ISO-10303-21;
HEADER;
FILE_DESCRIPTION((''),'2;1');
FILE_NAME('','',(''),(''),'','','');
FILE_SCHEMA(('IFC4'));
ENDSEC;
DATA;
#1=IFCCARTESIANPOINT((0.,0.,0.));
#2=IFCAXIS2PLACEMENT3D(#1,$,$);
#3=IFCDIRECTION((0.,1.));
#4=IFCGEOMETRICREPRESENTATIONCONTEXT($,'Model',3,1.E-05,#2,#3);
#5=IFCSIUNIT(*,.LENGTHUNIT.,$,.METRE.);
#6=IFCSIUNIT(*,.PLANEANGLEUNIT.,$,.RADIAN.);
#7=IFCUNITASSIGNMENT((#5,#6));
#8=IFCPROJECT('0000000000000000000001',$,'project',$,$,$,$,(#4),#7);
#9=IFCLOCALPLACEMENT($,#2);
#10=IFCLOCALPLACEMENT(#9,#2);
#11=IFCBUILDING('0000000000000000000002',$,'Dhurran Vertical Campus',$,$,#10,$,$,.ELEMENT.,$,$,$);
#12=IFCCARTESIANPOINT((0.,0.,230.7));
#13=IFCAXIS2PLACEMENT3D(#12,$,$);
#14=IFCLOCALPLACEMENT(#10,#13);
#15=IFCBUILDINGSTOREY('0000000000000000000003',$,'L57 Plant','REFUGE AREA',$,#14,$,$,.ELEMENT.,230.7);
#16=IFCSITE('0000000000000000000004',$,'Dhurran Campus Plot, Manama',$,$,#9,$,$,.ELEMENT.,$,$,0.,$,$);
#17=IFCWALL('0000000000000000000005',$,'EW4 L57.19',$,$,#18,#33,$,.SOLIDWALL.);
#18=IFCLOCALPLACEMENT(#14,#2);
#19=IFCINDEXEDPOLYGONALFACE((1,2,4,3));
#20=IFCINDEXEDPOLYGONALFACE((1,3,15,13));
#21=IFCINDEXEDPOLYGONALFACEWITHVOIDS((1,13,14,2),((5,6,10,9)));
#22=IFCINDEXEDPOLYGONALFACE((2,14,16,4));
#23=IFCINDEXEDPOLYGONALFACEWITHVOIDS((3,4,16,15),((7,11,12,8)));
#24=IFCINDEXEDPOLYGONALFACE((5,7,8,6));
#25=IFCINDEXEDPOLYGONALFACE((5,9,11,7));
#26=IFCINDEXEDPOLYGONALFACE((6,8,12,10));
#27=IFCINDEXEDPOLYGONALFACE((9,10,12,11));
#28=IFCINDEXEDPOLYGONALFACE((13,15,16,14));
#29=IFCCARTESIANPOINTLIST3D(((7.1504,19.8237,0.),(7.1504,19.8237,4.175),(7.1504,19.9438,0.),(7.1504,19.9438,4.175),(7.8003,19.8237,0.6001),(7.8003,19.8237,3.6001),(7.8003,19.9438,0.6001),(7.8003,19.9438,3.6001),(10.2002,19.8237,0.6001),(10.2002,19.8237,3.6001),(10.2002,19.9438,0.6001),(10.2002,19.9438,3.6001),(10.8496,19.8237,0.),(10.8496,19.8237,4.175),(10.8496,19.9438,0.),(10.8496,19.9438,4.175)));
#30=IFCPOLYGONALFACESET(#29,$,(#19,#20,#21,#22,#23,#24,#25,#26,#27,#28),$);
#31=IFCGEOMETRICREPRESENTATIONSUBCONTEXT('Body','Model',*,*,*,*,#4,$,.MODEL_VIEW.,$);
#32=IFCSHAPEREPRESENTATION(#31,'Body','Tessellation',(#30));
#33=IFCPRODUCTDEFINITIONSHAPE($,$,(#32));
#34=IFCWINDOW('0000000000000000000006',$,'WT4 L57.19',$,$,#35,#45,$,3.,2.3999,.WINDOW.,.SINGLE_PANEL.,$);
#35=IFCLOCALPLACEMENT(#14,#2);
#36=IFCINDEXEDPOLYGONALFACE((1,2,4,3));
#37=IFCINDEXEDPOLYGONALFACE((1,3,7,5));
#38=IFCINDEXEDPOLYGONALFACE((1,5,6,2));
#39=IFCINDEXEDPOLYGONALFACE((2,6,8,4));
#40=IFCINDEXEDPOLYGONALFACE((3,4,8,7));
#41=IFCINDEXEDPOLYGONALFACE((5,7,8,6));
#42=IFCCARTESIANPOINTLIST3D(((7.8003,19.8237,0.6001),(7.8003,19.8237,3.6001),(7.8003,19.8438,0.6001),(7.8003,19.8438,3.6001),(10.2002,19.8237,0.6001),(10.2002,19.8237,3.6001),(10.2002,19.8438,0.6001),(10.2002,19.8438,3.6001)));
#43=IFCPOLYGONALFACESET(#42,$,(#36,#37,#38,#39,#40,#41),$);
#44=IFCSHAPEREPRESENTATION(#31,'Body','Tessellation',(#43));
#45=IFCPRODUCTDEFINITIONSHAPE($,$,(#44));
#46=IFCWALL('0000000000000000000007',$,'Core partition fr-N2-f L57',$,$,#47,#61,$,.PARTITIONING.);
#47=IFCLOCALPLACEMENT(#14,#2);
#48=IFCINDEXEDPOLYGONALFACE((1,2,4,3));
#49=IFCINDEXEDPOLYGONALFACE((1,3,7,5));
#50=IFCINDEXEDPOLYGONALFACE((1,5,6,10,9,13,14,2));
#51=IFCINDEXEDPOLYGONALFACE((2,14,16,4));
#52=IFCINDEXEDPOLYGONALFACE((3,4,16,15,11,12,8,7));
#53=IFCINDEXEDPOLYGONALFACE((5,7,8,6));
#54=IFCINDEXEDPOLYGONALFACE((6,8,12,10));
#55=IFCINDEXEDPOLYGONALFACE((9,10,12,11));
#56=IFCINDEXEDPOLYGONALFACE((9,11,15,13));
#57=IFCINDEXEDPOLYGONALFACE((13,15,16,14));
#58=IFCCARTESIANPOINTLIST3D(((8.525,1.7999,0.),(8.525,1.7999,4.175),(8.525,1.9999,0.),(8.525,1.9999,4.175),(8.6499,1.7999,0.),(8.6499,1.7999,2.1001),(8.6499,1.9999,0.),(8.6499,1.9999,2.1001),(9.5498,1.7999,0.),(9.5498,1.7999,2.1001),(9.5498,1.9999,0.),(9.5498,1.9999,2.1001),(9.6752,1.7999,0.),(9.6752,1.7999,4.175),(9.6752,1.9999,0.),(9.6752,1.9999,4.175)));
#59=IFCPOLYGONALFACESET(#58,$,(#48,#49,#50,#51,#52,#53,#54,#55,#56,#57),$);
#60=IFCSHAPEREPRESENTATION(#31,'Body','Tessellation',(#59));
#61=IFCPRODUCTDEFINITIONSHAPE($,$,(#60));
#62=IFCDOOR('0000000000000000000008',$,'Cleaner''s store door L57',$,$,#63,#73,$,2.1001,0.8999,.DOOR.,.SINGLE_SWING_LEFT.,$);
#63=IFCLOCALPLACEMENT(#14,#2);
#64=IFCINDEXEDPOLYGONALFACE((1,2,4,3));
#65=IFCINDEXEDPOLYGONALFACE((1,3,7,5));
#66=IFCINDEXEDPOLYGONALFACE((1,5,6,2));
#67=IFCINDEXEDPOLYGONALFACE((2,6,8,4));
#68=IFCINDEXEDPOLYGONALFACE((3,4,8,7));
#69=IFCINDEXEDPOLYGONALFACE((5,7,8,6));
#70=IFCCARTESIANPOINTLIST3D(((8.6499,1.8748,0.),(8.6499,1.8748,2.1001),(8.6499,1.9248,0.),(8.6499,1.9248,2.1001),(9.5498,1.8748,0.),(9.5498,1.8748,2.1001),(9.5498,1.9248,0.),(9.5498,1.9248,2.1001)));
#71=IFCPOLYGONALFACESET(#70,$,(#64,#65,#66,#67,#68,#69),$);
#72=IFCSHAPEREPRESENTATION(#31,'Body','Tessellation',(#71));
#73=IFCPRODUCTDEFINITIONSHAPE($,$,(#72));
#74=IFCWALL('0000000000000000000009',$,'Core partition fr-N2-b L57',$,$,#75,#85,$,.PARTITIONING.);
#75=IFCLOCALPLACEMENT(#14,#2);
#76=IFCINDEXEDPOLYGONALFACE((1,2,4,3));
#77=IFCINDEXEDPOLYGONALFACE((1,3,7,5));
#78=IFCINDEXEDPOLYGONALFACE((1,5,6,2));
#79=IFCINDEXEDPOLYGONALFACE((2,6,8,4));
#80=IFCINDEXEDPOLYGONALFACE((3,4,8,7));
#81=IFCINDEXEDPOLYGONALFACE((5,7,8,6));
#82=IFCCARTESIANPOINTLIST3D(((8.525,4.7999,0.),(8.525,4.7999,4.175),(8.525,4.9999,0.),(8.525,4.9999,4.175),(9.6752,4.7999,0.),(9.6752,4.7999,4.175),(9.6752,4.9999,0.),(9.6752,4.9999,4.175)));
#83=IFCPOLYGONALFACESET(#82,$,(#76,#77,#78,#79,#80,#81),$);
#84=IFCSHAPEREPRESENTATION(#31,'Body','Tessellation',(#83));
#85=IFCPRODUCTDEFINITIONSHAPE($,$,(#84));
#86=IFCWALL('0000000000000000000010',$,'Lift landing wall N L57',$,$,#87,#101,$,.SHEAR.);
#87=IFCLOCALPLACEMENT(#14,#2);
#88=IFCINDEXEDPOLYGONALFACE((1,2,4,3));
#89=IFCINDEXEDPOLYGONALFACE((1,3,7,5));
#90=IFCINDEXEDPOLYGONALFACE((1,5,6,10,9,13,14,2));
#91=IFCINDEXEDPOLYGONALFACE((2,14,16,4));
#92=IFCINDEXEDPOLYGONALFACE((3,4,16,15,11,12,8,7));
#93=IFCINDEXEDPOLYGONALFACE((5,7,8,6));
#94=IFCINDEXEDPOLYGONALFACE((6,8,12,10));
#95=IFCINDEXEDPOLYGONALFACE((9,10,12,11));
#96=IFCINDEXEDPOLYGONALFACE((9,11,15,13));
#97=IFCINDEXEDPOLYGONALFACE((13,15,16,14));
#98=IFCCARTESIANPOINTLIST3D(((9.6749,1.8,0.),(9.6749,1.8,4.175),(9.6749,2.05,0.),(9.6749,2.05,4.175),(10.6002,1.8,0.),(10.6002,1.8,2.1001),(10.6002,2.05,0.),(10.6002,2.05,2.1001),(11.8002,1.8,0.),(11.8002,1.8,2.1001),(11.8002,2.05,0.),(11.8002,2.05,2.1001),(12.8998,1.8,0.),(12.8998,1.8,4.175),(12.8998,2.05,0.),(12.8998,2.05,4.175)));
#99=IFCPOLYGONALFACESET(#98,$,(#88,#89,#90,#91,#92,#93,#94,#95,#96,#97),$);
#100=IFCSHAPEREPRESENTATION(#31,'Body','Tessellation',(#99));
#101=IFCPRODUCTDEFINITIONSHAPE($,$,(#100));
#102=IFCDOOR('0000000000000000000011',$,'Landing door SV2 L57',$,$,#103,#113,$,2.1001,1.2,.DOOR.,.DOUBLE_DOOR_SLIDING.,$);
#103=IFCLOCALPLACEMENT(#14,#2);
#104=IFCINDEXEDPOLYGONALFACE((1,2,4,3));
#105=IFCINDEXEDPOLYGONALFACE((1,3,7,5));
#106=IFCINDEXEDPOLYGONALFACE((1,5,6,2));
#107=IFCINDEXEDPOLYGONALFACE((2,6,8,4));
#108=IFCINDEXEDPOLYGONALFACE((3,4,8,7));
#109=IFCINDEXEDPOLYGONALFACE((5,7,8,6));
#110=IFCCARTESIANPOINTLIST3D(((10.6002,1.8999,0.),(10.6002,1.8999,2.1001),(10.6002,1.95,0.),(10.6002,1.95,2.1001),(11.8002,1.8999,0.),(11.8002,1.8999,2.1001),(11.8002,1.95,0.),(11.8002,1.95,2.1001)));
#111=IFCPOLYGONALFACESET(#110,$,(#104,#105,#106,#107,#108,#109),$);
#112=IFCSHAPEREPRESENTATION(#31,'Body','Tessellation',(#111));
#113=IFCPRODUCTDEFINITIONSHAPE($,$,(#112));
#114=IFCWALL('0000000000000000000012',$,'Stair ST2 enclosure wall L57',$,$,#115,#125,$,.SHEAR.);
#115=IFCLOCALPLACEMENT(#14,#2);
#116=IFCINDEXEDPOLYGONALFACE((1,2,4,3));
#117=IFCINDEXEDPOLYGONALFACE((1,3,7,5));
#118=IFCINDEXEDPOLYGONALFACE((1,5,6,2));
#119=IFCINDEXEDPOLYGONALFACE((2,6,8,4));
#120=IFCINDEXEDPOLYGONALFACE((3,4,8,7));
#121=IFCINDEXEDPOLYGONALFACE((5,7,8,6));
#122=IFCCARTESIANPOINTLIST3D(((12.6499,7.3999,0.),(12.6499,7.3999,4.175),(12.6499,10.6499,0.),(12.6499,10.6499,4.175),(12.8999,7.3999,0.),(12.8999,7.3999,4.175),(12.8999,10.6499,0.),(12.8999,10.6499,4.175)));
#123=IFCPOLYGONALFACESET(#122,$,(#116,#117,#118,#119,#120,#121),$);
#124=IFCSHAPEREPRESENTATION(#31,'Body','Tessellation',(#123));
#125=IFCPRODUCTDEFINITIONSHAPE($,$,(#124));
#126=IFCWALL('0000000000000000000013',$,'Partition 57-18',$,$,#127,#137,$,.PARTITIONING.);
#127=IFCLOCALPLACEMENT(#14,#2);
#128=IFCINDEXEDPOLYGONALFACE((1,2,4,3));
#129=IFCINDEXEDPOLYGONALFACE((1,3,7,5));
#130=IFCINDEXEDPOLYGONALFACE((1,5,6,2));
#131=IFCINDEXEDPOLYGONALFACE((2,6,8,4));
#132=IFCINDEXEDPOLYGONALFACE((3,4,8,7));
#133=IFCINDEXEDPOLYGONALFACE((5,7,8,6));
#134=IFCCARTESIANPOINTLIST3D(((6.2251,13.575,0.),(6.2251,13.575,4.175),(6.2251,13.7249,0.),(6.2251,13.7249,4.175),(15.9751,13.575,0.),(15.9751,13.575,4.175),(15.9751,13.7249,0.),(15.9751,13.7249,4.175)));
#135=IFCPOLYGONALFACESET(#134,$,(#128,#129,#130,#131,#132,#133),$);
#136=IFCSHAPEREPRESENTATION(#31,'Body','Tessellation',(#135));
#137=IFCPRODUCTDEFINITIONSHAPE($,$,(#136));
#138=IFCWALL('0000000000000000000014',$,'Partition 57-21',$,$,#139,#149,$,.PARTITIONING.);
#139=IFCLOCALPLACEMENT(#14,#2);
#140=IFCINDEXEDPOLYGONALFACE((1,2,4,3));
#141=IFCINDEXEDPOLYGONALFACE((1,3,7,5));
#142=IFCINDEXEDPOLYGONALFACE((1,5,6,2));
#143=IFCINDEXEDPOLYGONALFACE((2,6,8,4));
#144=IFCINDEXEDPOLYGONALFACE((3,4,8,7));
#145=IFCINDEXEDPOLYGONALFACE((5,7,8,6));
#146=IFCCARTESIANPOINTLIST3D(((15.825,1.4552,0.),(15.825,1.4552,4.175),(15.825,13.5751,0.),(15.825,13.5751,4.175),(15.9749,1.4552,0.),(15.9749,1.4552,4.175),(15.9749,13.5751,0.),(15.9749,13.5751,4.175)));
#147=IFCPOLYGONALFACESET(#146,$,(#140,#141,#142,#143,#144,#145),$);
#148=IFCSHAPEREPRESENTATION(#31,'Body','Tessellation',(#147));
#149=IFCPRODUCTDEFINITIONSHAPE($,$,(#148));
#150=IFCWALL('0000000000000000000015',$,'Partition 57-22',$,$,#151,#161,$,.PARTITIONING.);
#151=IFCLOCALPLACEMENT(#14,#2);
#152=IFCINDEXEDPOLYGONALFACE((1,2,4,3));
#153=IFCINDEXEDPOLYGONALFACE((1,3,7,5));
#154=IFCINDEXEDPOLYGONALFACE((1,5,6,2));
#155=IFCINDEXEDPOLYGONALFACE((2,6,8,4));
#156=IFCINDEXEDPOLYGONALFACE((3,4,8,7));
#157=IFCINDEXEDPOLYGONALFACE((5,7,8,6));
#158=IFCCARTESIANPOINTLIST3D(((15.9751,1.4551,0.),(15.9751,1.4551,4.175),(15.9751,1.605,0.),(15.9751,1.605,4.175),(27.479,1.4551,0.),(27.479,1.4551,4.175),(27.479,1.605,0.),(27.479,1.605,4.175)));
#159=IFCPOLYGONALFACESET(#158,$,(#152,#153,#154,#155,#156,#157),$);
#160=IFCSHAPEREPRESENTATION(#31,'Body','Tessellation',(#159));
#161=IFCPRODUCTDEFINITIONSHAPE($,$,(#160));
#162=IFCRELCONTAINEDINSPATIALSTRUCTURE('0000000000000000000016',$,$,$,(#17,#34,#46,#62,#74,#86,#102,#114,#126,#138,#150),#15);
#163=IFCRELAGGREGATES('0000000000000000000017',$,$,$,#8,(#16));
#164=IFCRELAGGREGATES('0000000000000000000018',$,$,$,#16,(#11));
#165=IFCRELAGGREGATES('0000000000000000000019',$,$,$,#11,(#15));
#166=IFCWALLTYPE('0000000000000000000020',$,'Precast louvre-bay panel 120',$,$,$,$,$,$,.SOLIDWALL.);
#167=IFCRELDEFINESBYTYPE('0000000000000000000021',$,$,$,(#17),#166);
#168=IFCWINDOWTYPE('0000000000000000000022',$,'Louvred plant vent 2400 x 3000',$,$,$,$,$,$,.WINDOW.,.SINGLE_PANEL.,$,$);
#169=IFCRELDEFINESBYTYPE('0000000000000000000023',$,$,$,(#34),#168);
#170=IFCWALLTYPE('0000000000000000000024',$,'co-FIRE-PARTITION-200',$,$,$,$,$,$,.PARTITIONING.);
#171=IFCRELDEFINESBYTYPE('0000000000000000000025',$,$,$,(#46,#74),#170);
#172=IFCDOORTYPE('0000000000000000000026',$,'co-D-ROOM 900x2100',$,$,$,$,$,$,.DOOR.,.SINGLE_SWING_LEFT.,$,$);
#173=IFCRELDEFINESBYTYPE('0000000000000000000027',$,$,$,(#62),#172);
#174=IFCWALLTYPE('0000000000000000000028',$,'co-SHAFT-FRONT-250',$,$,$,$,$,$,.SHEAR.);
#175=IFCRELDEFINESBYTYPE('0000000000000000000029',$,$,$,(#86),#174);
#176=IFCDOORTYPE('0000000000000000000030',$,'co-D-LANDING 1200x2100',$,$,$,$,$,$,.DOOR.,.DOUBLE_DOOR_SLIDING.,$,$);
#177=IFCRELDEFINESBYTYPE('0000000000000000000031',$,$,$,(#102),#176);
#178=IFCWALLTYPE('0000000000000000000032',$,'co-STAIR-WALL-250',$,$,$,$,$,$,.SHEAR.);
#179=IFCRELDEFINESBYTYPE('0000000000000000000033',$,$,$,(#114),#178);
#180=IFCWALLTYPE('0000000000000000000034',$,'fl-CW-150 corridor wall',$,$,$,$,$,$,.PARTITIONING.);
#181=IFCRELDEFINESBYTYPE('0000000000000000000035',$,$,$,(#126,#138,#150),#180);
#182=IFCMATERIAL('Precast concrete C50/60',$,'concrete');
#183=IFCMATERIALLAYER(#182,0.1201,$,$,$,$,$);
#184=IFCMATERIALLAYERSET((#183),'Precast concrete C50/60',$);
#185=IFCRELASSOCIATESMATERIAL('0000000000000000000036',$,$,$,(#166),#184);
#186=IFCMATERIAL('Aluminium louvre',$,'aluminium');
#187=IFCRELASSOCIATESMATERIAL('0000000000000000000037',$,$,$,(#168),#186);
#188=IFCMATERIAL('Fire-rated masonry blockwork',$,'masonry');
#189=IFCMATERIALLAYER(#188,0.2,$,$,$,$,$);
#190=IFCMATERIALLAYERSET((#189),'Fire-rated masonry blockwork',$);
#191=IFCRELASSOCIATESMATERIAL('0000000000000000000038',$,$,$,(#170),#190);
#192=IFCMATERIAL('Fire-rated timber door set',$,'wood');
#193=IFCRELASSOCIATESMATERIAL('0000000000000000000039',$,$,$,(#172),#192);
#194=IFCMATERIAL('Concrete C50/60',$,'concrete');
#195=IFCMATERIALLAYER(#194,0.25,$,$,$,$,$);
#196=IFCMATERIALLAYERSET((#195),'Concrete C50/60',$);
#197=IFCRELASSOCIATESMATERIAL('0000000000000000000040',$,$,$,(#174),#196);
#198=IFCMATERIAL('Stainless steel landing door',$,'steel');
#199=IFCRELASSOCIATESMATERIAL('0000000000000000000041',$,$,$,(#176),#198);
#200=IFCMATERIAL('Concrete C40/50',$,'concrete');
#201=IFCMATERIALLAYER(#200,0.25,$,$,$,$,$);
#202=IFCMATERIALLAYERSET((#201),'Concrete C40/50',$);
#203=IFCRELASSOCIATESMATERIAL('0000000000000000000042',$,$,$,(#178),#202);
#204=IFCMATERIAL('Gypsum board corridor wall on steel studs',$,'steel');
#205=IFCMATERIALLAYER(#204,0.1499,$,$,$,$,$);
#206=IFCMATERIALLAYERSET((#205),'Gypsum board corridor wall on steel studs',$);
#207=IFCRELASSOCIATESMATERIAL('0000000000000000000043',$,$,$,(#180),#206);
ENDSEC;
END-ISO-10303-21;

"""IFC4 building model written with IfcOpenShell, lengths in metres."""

from ifc_helpers import new_model, si_unit, direction, frame, frame_2d, origin, place, context, subcontext, project, spatial, rectangle, extrude, material, layer, layer_set, type_object, element, fill, save


model = new_model("IFC4")

# Units and contexts
model_context = context("Model", 3, precision=1e-05, world=origin(), true_north=direction((0.0, 1.0)))
body_context = subcontext(model_context, "Body", "Model", "MODEL_VIEW")
ifc_project = project(units=[si_unit("LENGTHUNIT", "METRE"), si_unit("PLANEANGLEUNIT", "RADIAN")], contexts=[model_context])

# Site, building, storey
site_placement = place(None, origin())
site = spatial("IfcSite", under=ifc_project, at=site_placement, Name="Dhurran Campus Plot, Manama", CompositionType="ELEMENT", RefElevation=0.0)
building_placement = place(site_placement, origin())
building = spatial("IfcBuilding", under=site, at=building_placement, Name="Dhurran Vertical Campus", CompositionType="ELEMENT")
storey_placement = place(building_placement, frame((0.0, 0.0, 230.7)))
storey = spatial("IfcBuildingStorey", under=building, at=storey_placement, Name="L57 Plant", Description="REFUGE AREA", CompositionType="ELEMENT", Elevation=230.7)

# Wall, opening, window
ifc_material_1 = material(Name="Precast concrete C50/60", Category="concrete")
ifc_layer_1 = layer(ifc_material_1, 0.1201)
ifc_layer_set_1 = layer_set([ifc_layer_1], Name="Precast concrete C50/60")
wall_type_1 = type_object("IfcWallType", Name="Precast louvre-bay panel 120", PredefinedType="SOLIDWALL", material=ifc_layer_set_1)
ifc_material_2 = material(Name="Aluminium louvre", Category="aluminium")
window_type = type_object("IfcWindowType", Name="Louvred plant vent 2400 x 3000", PartitioningType="SINGLE_PANEL", PredefinedType="WINDOW", material=ifc_material_2)
wall_1_placement = place(storey_placement, frame((10.8496, 19.8838, 0.0), z_axis=(0.0, 0.0, 1.0), x_axis=(-1.0, 0.0, 0.0)))
wall_1 = element("IfcWall", 1, at=wall_1_placement, inside=storey, type_object=wall_type_1, Name="EW4 L57.19", PredefinedType="SOLIDWALL", context=body_context, shape_type="SweptSolid", body=[
    extrude(rectangle(XDim=3.6992, YDim=0.1201, at=frame_2d((1.8496, 0.0))), origin(), (0.0, 0.0, 1.0), 4.175),
])
opening_1_placement = place(wall_1_placement, frame((0.6494, 0.0, 0.6001)))
opening_1 = element("IfcOpeningElement", 2, at=opening_1_placement, cuts=wall_1, PredefinedType="OPENING", context=body_context, shape_type="SweptSolid", body=[
    extrude(rectangle(XDim=2.3999, YDim=3.0, at=frame_2d((1.2, 1.5))), frame((0.0, 0.0701, 0.0), z_axis=(0.0, -1.0, 0.0), x_axis=(1.0, 0.0, 0.0)), (0.0, 0.0, 1.0), 0.1401),
])
window_1_placement = place(opening_1_placement, origin())
window_1 = element("IfcWindow", 3, at=window_1_placement, inside=storey, type_object=window_type, Name="WT4 L57.19", OverallHeight=3.0, OverallWidth=2.3999, PartitioningType="SINGLE_PANEL", PredefinedType="WINDOW", context=body_context, shape_type="SweptSolid", body=[
    extrude(rectangle(XDim=2.3999, YDim=3.0, at=frame_2d((1.2, 1.5))), frame((0.0, 0.0601, 0.0), z_axis=(0.0, -1.0, 0.0), x_axis=(1.0, 0.0, 0.0)), (0.0, 0.0, 1.0), 0.02),
])
fill(opening_1, window_1)

# Wall, opening, door
ifc_material_3 = material(Name="Fire-rated masonry blockwork", Category="masonry")
ifc_layer_2 = layer(ifc_material_3, 0.2)
ifc_layer_set_2 = layer_set([ifc_layer_2], Name="Fire-rated masonry blockwork")
wall_type_2 = type_object("IfcWallType", Name="co-FIRE-PARTITION-200", PredefinedType="PARTITIONING", material=ifc_layer_set_2)
wall_2_placement = place(storey_placement, frame((8.5249, 1.8999, 0.0), z_axis=(0.0, 0.0, 1.0), x_axis=(1.0, 0.0, 0.0)))
wall_2 = element("IfcWall", 4, at=wall_2_placement, inside=storey, type_object=wall_type_2, Name="Core partition fr-N2-f L57", PredefinedType="PARTITIONING", context=body_context, shape_type="SweptSolid", body=[
    extrude(rectangle(XDim=1.1501, YDim=0.2, at=frame_2d((0.5752, 0.0))), origin(), (0.0, 0.0, 1.0), 4.175),
])
opening_2_placement = place(wall_2_placement, frame((0.125, 0.0, 0.0)))
opening_2 = element("IfcOpeningElement", 5, at=opening_2_placement, cuts=wall_2, PredefinedType="OPENING", context=body_context, shape_type="SweptSolid", body=[
    extrude(rectangle(XDim=0.8999, YDim=2.1001, at=frame_2d((0.45, 1.05))), frame((0.0, 0.1099, 0.0), z_axis=(0.0, -1.0, 0.0), x_axis=(1.0, 0.0, 0.0)), (0.0, 0.0, 1.0), 0.22),
])
ifc_material_4 = material(Name="Fire-rated timber door set", Category="wood")
door_type_1 = type_object("IfcDoorType", Name="co-D-ROOM 900x2100", OperationType="SINGLE_SWING_LEFT", PredefinedType="DOOR", material=ifc_material_4)
door_1_placement = place(opening_2_placement, origin())
door_1 = element("IfcDoor", 6, at=door_1_placement, inside=storey, type_object=door_type_1, Name="Cleaner's store door L57", OperationType="SINGLE_SWING_LEFT", OverallHeight=2.1001, OverallWidth=0.8999, PredefinedType="DOOR", context=body_context, shape_type="SweptSolid", body=[
    extrude(rectangle(XDim=0.8999, YDim=2.1001, at=frame_2d((0.45, 1.05))), frame((0.0, 0.0249, 0.0), z_axis=(0.0, -1.0, 0.0), x_axis=(1.0, 0.0, 0.0)), (0.0, 0.0, 1.0), 0.05),
])
fill(opening_2, door_1)

# Wall
wall_3_placement = place(storey_placement, frame((8.5249, 4.8999, 0.0), z_axis=(0.0, 0.0, 1.0), x_axis=(1.0, 0.0, 0.0)))
element("IfcWall", 7, at=wall_3_placement, inside=storey, type_object=wall_type_2, Name="Core partition fr-N2-b L57", PredefinedType="PARTITIONING", context=body_context, shape_type="SweptSolid", body=[
    extrude(rectangle(XDim=1.1501, YDim=0.2, at=frame_2d((0.5752, 0.0))), origin(), (0.0, 0.0, 1.0), 4.175),
])

# Wall, opening, door
ifc_material_5 = material(Name="Concrete C50/60", Category="concrete")
ifc_layer_3 = layer(ifc_material_5, 0.25)
ifc_layer_set_3 = layer_set([ifc_layer_3], Name="Concrete C50/60")
wall_type_3 = type_object("IfcWallType", Name="co-SHAFT-FRONT-250", PredefinedType="SHEAR", material=ifc_layer_set_3)
wall_4_placement = place(storey_placement, frame((9.675, 1.925, 0.0), z_axis=(0.0, 0.0, 1.0), x_axis=(1.0, 0.0, 0.0)))
wall_4 = element("IfcWall", 8, at=wall_4_placement, inside=storey, type_object=wall_type_3, Name="Lift landing wall N L57", PredefinedType="SHEAR", context=body_context, shape_type="SweptSolid", body=[
    extrude(rectangle(XDim=3.2249, YDim=0.25, at=frame_2d((1.6123, 0.0))), origin(), (0.0, 0.0, 1.0), 4.175),
])
opening_3_placement = place(wall_4_placement, frame((0.925, 0.0, 0.0)))
opening_3 = element("IfcOpeningElement", 9, at=opening_3_placement, cuts=wall_4, PredefinedType="OPENING", context=body_context, shape_type="SweptSolid", body=[
    extrude(rectangle(XDim=1.2, YDim=2.1001, at=frame_2d((0.6001, 1.05))), frame((0.0, 0.135, 0.0), z_axis=(0.0, -1.0, 0.0), x_axis=(1.0, 0.0, 0.0)), (0.0, 0.0, 1.0), 0.27),
])
ifc_material_6 = material(Name="Stainless steel landing door", Category="steel")
door_type_2 = type_object("IfcDoorType", Name="co-D-LANDING 1200x2100", OperationType="DOUBLE_DOOR_SLIDING", PredefinedType="DOOR", material=ifc_material_6)
door_2_placement = place(opening_3_placement, origin())
door_2 = element("IfcDoor", 10, at=door_2_placement, inside=storey, type_object=door_type_2, Name="Landing door SV2 L57", OperationType="DOUBLE_DOOR_SLIDING", OverallHeight=2.1001, OverallWidth=1.2, PredefinedType="DOOR", context=body_context, shape_type="SweptSolid", body=[
    extrude(rectangle(XDim=1.2, YDim=2.1001, at=frame_2d((0.6001, 1.05))), frame((0.0, 0.0249, 0.0), z_axis=(0.0, -1.0, 0.0), x_axis=(1.0, 0.0, 0.0)), (0.0, 0.0, 1.0), 0.05),
])
fill(opening_3, door_2)

# Walls
ifc_material_7 = material(Name="Concrete C40/50", Category="concrete")
ifc_layer_4 = layer(ifc_material_7, 0.25)
ifc_layer_set_4 = layer_set([ifc_layer_4], Name="Concrete C40/50")
wall_type_4 = type_object("IfcWallType", Name="co-STAIR-WALL-250", PredefinedType="SHEAR", material=ifc_layer_set_4)
wall_5_placement = place(storey_placement, frame((12.7749, 7.3999, 0.0), z_axis=(0.0, 0.0, 1.0), x_axis=(0.0, 1.0, 0.0)))
element("IfcWall", 11, at=wall_5_placement, inside=storey, type_object=wall_type_4, Name="Stair ST2 enclosure wall L57", PredefinedType="SHEAR", context=body_context, shape_type="SweptSolid", body=[
    extrude(rectangle(XDim=3.25, YDim=0.25, at=frame_2d((1.625, 0.0))), origin(), (0.0, 0.0, 1.0), 4.175),
])
ifc_material_8 = material(Name="Gypsum board corridor wall on steel studs", Category="steel")
ifc_layer_5 = layer(ifc_material_8, 0.1499)
ifc_layer_set_5 = layer_set([ifc_layer_5], Name="Gypsum board corridor wall on steel studs")
wall_type_5 = type_object("IfcWallType", Name="fl-CW-150 corridor wall", PredefinedType="PARTITIONING", material=ifc_layer_set_5)
wall_6_placement = place(storey_placement, frame((15.9751, 13.6499, 0.0), z_axis=(0.0, 0.0, 1.0), x_axis=(-1.0, 0.0, 0.0)))
element("IfcWall", 12, at=wall_6_placement, inside=storey, type_object=wall_type_5, Name="Partition 57-18", PredefinedType="PARTITIONING", context=body_context, shape_type="SweptSolid", body=[
    extrude(rectangle(XDim=9.75, YDim=0.1499, at=frame_2d((4.875, 0.0))), origin(), (0.0, 0.0, 1.0), 4.175),
])
wall_7_placement = place(storey_placement, frame((15.8999, 1.4551, 0.0), z_axis=(0.0, 0.0, 1.0), x_axis=(0.0, 1.0, 0.0)))
element("IfcWall", 13, at=wall_7_placement, inside=storey, type_object=wall_type_5, Name="Partition 57-21", PredefinedType="PARTITIONING", context=body_context, shape_type="SweptSolid", body=[
    extrude(rectangle(XDim=12.1199, YDim=0.1499, at=frame_2d((6.0601, 0.0))), origin(), (0.0, 0.0, 1.0), 4.175),
])
wall_8_placement = place(storey_placement, frame((15.9751, 1.53, 0.0), z_axis=(0.0, 0.0, 1.0), x_axis=(1.0, 0.0, 0.0)))
element("IfcWall", 14, at=wall_8_placement, inside=storey, type_object=wall_type_5, Name="Partition 57-22", PredefinedType="PARTITIONING", context=body_context, shape_type="SweptSolid", body=[
    extrude(rectangle(XDim=11.5039, YDim=0.1499, at=frame_2d((5.752, 0.0))), origin(), (0.0, 0.0, 1.0), 4.175),
])

save(model, "model.ifc")
